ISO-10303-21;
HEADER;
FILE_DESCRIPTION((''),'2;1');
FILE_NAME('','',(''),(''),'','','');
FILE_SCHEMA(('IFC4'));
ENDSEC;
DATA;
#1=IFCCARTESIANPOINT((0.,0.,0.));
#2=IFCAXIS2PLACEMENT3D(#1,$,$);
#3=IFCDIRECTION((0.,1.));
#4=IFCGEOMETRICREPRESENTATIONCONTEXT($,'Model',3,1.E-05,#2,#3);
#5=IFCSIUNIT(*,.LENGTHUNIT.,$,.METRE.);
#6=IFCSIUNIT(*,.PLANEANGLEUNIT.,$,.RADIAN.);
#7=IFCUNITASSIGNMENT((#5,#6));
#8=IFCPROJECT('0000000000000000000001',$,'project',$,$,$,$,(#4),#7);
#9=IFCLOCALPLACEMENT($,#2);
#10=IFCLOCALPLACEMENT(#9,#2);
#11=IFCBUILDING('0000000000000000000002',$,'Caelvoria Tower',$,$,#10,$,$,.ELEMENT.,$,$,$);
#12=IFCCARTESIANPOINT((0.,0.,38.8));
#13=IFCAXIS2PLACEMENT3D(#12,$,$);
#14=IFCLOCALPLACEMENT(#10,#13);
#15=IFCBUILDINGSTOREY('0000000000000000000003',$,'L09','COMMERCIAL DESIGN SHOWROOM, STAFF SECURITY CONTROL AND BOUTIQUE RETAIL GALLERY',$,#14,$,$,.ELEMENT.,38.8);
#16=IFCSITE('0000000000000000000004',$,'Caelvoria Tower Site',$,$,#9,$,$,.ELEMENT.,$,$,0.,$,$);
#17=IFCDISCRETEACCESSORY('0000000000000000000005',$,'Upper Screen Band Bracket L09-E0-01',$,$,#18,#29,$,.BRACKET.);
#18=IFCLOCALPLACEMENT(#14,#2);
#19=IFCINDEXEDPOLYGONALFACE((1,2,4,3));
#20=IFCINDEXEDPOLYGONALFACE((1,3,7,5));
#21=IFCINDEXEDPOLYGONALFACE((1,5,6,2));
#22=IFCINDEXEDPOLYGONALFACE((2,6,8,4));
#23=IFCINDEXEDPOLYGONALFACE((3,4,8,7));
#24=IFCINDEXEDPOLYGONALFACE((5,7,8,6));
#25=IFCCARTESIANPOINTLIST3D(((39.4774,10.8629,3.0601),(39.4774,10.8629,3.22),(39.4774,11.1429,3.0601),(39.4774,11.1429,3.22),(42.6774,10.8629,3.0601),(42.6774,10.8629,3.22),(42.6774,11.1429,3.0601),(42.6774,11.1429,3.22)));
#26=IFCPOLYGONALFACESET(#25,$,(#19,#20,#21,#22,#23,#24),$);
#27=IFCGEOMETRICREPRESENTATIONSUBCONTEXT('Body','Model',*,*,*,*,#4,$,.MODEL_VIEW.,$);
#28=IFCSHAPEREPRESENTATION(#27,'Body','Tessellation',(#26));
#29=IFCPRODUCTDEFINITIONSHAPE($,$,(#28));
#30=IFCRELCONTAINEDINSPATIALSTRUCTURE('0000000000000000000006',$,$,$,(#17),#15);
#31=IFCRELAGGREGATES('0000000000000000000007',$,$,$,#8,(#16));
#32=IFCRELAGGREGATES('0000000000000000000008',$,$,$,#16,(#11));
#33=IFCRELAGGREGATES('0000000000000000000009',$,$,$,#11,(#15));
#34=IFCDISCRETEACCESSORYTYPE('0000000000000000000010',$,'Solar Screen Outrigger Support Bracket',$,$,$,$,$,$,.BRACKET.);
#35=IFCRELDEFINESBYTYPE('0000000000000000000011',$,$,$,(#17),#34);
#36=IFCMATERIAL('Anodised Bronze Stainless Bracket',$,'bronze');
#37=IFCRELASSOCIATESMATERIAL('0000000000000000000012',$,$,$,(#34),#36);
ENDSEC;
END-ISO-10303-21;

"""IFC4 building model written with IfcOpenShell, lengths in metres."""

from ifc_helpers import new_model, si_unit, direction, frame, origin, origin_2d, place, context, subcontext, project, spatial, rectangle, extrude, material, type_object, element, save


model = new_model("IFC4")

# Units and contexts
model_context = context("Model", 3, precision=1e-05, world=origin(), true_north=direction((0.0, 1.0)))
body_context = subcontext(model_context, "Body", "Model", "MODEL_VIEW")
ifc_project = project(units=[si_unit("LENGTHUNIT", "METRE"), si_unit("PLANEANGLEUNIT", "RADIAN")], contexts=[model_context])

# Site, building, storey
site_placement = place(None, origin())
site = spatial("IfcSite", under=ifc_project, at=site_placement, Name="Caelvoria Tower Site", CompositionType="ELEMENT", RefElevation=0.0)
building_placement = place(site_placement, origin())
building = spatial("IfcBuilding", under=site, at=building_placement, Name="Caelvoria Tower", CompositionType="ELEMENT")
storey_placement = place(building_placement, frame((0.0, 0.0, 38.8)))
storey = spatial("IfcBuildingStorey", under=building, at=storey_placement, Name="L09", Description="COMMERCIAL DESIGN SHOWROOM, STAFF SECURITY CONTROL AND BOUTIQUE RETAIL GALLERY", CompositionType="ELEMENT", Elevation=38.8)

# Discrete accessory
ifc_material_1 = material(Name="Anodised Bronze Stainless Bracket", Category="bronze")
discrete_accessory_type = type_object("IfcDiscreteAccessoryType", Name="Solar Screen Outrigger Support Bracket", PredefinedType="BRACKET", material=ifc_material_1)
discrete_accessory_placement = place(storey_placement, frame((41.0774, 11.0029, 3.0601), z_axis=(0.0, 0.0, 1.0), x_axis=(1.0, 0.0, 0.0)))
element("IfcDiscreteAccessory", 1, at=discrete_accessory_placement, inside=storey, type_object=discrete_accessory_type, Name="Upper Screen Band Bracket L09-E0-01", PredefinedType="BRACKET", context=body_context, shape_type="SweptSolid", body=[
    extrude(rectangle(XDim=3.2, YDim=0.28, at=origin_2d()), origin(), (0.0, 0.0, 1.0), 0.1599),
])

save(model, "model.ifc")
